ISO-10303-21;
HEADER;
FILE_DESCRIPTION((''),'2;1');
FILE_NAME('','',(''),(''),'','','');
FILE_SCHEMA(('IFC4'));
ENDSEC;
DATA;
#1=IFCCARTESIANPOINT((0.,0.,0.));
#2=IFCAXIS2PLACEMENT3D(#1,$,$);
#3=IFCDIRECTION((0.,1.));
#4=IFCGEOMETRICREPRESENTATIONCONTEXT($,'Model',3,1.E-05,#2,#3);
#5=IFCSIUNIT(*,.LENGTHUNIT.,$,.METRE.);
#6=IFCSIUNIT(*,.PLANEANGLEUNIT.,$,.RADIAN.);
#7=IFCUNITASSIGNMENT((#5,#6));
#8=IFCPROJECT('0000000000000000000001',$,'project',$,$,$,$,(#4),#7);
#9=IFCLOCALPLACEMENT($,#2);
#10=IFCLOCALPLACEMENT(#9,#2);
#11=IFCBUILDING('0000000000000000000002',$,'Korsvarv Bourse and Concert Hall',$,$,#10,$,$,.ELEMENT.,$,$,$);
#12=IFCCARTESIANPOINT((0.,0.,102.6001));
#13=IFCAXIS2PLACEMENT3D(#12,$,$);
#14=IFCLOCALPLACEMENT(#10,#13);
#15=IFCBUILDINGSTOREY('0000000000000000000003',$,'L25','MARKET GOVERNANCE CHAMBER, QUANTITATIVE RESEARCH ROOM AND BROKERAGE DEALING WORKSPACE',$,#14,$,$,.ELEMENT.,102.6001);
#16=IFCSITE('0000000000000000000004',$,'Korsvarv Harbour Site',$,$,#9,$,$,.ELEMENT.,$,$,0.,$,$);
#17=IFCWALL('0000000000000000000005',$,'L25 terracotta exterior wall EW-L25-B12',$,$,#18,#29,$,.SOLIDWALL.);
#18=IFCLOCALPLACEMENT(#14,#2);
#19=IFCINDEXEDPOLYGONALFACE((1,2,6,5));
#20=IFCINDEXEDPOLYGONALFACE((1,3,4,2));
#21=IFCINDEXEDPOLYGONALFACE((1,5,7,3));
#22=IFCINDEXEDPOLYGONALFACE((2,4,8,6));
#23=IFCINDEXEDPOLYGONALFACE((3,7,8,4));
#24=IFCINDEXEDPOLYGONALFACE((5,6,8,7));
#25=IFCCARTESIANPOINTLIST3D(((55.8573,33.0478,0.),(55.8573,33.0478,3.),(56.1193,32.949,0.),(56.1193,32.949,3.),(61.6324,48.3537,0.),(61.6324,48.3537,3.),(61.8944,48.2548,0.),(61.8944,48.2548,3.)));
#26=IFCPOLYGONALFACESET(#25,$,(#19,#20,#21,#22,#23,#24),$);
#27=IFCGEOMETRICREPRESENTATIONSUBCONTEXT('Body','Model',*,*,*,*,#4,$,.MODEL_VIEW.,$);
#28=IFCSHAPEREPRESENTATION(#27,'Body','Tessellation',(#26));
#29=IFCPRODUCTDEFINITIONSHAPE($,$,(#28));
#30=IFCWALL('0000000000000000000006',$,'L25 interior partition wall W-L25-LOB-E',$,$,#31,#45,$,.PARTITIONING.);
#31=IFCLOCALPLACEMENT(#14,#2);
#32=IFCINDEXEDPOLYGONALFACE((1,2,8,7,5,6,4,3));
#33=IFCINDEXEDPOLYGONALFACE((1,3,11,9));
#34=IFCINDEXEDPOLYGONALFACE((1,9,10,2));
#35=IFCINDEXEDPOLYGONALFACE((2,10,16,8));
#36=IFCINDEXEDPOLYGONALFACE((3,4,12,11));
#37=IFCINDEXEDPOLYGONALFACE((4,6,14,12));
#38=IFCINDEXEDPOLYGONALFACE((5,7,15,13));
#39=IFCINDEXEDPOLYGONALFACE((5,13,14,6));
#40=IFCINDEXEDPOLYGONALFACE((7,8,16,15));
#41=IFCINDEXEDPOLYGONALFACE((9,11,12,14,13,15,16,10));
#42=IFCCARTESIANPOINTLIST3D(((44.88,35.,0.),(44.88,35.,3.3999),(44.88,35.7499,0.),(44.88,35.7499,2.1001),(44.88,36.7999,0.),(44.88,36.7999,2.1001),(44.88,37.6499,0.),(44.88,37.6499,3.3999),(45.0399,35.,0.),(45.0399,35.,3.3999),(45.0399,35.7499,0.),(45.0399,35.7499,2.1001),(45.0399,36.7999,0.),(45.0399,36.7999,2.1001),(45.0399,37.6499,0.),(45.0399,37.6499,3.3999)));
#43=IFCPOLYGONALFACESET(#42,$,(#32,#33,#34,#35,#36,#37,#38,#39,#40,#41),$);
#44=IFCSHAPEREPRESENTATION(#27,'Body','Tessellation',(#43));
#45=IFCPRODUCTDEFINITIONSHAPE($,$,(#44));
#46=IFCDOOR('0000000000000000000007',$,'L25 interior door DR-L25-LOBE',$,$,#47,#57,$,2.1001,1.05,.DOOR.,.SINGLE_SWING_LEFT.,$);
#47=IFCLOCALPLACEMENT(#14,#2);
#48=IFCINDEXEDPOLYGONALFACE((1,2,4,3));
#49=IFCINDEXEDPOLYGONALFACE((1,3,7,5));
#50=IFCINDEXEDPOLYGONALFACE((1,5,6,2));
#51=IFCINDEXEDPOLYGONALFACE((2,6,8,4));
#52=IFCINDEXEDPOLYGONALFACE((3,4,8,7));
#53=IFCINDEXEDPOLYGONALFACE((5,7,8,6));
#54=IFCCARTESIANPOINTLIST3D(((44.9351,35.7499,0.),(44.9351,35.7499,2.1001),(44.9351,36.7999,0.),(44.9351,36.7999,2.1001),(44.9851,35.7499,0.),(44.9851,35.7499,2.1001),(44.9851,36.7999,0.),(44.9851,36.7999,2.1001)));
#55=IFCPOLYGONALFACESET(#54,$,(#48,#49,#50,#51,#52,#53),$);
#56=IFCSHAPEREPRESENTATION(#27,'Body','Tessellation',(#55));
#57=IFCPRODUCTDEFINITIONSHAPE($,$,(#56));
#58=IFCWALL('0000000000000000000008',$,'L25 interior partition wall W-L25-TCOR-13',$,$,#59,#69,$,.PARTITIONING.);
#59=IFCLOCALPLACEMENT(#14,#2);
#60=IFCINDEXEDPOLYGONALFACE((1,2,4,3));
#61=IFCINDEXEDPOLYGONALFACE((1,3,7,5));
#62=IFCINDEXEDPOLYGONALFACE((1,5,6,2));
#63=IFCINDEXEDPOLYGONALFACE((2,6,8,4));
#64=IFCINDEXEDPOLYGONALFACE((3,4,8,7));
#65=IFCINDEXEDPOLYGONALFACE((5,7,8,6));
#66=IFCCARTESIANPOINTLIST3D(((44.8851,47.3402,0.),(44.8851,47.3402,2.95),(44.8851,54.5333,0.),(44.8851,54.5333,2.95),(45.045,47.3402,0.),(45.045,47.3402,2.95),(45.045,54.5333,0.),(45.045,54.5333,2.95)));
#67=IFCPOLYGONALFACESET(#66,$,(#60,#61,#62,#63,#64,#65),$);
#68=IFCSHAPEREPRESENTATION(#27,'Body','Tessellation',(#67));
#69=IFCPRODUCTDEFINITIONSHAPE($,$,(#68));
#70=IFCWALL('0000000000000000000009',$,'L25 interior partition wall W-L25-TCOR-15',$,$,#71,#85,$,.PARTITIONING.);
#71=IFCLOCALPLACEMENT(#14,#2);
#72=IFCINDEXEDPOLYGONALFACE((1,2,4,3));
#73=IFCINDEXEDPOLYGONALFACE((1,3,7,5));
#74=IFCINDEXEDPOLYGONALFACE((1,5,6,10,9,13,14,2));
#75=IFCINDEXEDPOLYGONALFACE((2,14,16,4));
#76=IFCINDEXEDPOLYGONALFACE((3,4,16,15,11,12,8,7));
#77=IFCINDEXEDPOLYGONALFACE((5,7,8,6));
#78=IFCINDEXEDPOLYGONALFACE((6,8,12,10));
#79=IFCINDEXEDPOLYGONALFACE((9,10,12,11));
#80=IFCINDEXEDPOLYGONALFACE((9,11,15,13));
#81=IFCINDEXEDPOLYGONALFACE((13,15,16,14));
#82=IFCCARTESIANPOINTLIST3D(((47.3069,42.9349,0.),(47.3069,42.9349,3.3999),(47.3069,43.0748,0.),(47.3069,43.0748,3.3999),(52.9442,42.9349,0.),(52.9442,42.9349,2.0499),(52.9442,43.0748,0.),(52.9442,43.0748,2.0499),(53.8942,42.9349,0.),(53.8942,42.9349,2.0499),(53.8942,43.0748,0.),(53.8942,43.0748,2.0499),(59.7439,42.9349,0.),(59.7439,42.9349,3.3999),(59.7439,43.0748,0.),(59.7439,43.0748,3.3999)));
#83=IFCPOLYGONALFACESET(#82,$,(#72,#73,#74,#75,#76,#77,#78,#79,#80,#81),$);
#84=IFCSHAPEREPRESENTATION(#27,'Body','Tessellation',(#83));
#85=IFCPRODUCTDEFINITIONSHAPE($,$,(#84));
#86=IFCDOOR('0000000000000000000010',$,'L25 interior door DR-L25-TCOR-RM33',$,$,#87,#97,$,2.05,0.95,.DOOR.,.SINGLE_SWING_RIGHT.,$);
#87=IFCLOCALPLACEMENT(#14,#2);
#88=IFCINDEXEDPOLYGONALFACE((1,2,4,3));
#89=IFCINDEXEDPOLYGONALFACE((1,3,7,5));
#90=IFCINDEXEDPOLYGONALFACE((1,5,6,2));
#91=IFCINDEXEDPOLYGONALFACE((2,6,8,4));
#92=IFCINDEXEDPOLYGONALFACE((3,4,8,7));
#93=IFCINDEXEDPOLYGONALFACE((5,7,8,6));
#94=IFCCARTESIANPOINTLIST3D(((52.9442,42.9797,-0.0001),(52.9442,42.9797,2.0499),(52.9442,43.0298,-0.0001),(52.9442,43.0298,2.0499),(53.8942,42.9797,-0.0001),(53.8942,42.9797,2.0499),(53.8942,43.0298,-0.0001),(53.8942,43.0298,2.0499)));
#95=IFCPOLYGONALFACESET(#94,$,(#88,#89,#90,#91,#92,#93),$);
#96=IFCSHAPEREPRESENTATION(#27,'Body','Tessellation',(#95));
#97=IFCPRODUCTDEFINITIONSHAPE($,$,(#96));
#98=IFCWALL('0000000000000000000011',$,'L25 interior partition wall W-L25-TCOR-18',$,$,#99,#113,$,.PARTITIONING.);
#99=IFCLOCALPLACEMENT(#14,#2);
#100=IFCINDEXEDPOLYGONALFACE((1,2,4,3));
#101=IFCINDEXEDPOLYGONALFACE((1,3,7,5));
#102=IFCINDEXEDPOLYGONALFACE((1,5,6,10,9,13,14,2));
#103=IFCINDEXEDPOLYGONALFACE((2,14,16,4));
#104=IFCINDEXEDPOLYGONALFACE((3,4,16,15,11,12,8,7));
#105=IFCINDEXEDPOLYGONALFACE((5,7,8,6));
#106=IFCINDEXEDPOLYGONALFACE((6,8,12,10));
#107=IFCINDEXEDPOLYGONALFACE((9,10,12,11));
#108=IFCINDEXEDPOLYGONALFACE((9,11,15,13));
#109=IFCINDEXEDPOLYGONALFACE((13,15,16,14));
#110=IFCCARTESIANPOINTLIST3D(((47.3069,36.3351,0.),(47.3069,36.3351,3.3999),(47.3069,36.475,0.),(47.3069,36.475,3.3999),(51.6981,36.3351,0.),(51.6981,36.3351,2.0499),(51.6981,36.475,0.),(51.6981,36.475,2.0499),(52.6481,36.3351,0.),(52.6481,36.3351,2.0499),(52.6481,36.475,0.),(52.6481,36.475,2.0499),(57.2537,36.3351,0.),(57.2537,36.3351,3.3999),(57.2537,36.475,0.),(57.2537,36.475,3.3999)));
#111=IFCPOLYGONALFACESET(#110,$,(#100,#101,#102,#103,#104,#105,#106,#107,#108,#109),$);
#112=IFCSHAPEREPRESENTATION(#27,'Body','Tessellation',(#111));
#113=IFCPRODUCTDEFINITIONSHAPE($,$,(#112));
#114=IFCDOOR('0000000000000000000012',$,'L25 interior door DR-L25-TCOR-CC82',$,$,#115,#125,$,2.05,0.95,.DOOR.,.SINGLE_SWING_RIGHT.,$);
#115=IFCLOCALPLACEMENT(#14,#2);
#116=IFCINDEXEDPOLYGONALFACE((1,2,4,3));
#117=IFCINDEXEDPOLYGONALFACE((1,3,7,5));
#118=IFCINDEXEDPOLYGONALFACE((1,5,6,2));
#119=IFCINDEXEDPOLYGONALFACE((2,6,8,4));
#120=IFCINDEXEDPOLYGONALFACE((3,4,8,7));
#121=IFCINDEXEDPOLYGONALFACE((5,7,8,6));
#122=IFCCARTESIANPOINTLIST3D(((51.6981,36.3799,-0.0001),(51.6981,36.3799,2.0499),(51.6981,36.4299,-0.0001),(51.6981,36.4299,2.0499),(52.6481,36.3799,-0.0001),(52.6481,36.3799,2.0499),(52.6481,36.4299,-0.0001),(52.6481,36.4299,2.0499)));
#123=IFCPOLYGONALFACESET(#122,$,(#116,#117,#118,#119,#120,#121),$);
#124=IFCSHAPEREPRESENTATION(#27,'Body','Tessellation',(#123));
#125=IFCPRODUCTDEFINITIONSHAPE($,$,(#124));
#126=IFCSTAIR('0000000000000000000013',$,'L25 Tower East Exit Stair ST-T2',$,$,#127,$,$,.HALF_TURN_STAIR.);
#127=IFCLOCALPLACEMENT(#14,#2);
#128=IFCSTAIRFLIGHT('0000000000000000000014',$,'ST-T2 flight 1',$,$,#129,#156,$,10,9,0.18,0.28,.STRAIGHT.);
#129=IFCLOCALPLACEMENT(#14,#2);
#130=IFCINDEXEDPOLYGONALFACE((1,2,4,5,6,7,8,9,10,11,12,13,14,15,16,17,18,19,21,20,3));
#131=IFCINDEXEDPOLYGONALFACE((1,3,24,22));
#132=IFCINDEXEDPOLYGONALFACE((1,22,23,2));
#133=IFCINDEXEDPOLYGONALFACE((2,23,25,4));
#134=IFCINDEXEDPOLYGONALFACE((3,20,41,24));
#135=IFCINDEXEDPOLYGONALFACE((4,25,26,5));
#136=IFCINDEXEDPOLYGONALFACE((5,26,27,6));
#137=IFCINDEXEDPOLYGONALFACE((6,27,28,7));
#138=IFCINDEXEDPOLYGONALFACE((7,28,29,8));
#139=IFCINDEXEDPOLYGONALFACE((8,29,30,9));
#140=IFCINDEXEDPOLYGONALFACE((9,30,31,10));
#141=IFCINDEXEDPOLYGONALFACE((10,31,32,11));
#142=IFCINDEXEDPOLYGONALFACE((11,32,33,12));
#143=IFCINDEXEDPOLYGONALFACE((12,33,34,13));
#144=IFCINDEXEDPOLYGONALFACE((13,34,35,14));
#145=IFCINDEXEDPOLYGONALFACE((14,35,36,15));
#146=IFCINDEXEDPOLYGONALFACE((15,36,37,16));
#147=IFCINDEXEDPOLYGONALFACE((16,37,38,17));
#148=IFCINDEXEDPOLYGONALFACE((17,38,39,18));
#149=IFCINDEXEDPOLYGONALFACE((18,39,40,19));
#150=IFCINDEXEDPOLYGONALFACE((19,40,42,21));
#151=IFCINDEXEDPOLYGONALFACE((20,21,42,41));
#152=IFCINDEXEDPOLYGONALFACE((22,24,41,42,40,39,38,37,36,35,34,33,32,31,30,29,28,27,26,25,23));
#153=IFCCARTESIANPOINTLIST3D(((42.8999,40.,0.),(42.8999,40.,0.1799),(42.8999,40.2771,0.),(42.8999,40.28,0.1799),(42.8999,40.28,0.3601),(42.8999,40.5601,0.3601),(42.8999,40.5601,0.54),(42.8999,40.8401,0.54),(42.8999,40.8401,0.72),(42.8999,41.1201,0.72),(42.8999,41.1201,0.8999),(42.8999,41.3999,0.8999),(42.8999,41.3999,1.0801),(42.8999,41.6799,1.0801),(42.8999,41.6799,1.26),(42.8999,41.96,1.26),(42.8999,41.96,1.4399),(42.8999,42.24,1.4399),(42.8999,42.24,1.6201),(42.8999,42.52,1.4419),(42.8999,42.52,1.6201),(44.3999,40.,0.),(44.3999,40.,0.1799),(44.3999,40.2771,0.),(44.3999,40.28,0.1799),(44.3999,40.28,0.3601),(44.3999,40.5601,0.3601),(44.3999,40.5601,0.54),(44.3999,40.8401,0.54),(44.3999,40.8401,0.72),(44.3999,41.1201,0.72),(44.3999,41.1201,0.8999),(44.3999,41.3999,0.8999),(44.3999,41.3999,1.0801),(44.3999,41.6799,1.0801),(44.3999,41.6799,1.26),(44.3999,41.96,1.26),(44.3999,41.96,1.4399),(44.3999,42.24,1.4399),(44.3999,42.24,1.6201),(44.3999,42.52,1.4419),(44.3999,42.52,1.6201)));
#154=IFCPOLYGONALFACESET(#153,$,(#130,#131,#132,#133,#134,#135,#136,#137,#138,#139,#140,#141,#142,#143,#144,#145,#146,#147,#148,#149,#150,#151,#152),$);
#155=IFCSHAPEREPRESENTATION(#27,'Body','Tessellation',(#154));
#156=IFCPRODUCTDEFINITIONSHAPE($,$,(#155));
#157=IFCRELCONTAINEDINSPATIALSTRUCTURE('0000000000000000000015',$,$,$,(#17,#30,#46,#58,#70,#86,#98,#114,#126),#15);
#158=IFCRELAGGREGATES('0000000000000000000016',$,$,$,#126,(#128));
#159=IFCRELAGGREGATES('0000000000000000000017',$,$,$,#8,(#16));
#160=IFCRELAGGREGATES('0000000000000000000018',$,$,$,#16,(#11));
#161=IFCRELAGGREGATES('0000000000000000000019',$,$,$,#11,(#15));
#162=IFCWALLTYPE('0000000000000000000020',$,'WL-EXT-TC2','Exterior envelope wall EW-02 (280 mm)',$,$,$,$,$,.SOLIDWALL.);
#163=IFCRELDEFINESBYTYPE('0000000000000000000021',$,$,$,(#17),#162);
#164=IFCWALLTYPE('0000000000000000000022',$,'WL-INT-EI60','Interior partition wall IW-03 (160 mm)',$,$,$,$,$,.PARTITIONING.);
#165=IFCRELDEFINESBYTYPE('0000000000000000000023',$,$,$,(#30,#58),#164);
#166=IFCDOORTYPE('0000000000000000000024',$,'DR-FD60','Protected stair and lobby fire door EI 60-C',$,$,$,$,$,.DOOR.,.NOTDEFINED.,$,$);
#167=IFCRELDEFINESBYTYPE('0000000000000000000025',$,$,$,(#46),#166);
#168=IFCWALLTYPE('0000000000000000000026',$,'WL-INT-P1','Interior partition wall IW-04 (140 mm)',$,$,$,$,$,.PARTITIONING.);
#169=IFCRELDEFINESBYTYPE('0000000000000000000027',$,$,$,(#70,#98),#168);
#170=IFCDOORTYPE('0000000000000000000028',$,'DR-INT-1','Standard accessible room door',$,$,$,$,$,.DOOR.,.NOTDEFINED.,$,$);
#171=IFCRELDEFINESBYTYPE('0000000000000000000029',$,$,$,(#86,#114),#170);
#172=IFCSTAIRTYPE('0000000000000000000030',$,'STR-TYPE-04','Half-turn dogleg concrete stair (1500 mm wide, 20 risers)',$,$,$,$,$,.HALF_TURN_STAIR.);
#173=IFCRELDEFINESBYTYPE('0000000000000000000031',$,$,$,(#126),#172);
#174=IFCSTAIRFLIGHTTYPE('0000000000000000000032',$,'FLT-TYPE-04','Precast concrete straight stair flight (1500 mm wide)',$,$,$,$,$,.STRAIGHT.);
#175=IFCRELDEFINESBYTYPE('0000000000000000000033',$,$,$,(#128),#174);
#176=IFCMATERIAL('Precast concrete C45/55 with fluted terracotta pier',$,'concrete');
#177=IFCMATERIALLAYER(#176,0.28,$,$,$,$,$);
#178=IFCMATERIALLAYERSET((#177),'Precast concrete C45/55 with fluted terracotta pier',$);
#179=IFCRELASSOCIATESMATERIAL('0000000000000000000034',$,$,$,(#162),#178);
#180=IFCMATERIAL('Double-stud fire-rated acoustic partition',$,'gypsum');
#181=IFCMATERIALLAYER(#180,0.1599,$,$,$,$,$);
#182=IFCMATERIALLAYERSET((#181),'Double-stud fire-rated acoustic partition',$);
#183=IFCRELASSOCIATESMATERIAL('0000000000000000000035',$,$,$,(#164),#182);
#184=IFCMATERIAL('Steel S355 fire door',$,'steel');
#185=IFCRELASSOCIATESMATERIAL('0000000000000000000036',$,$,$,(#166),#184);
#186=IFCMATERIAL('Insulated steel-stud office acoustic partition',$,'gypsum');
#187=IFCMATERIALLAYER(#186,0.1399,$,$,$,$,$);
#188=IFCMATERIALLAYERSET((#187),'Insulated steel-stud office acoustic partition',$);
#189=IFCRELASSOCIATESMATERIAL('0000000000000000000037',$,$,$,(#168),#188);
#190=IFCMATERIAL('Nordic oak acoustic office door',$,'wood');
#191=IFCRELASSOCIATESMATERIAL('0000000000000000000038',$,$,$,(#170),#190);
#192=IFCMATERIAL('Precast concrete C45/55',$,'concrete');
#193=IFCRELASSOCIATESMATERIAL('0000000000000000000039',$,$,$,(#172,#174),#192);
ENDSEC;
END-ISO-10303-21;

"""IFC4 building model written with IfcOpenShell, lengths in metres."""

from ifc_helpers import new_model, si_unit, direction, frame, frame_2d, origin, place, context, subcontext, project, spatial, polyline, rectangle, outline, extrude, material, layer, layer_set, type_object, element, fill, aggregate, save


model = new_model("IFC4")

# Units and contexts
model_context = context("Model", 3, precision=1e-05, world=origin(), true_north=direction((0.0, 1.0)))
body_context = subcontext(model_context, "Body", "Model", "MODEL_VIEW")
ifc_project = project(units=[si_unit("LENGTHUNIT", "METRE"), si_unit("PLANEANGLEUNIT", "RADIAN")], contexts=[model_context])

# Site, building, storey
site_placement = place(None, origin())
site = spatial("IfcSite", under=ifc_project, at=site_placement, Name="Korsvarv Harbour Site", CompositionType="ELEMENT", RefElevation=0.0)
building_placement = place(site_placement, origin())
building = spatial("IfcBuilding", under=site, at=building_placement, Name="Korsvarv Bourse and Concert Hall", CompositionType="ELEMENT")
storey_placement = place(building_placement, frame((0.0, 0.0, 102.6001)))
storey = spatial("IfcBuildingStorey", under=building, at=storey_placement, Name="L25", Description="MARKET GOVERNANCE CHAMBER, QUANTITATIVE RESEARCH ROOM AND BROKERAGE DEALING WORKSPACE", CompositionType="ELEMENT", Elevation=102.6001)

# Wall
ifc_material_1 = material(Name="Precast concrete C45/55 with fluted terracotta pier", Category="concrete")
ifc_layer_1 = layer(ifc_material_1, 0.28)
ifc_layer_set_1 = layer_set([ifc_layer_1], Name="Precast concrete C45/55 with fluted terracotta pier")
wall_type_1 = type_object("IfcWallType", Name="WL-EXT-TC2", Description="Exterior envelope wall EW-02 (280 mm)", PredefinedType="SOLIDWALL", material=ifc_layer_set_1)
wall_1_placement = place(storey_placement, frame((55.9883, 32.9983, 0.0), z_axis=(0.0, 0.0, 1.0), x_axis=(0.353022, 0.935615, 0.0)))
element("IfcWall", 1, at=wall_1_placement, inside=storey, type_object=wall_type_1, Name="L25 terracotta exterior wall EW-L25-B12", PredefinedType="SOLIDWALL", context=body_context, shape_type="SweptSolid", body=[
    extrude(rectangle(XDim=16.3591, YDim=0.28, at=frame_2d((8.1797, 0.0))), origin(), (0.0, 0.0, 1.0), 3.0),
])

# Wall, opening, door
ifc_material_2 = material(Name="Double-stud fire-rated acoustic partition", Category="gypsum")
ifc_layer_2 = layer(ifc_material_2, 0.1599)
ifc_layer_set_2 = layer_set([ifc_layer_2], Name="Double-stud fire-rated acoustic partition")
wall_type_2 = type_object("IfcWallType", Name="WL-INT-EI60", Description="Interior partition wall IW-03 (160 mm)", PredefinedType="PARTITIONING", material=ifc_layer_set_2)
wall_2_placement = place(storey_placement, frame((44.96, 35.0, 0.0), z_axis=(0.0, 0.0, 1.0), x_axis=(0.0, 1.0, 0.0)))
wall_2 = element("IfcWall", 2, at=wall_2_placement, inside=storey, type_object=wall_type_2, Name="L25 interior partition wall W-L25-LOB-E", PredefinedType="PARTITIONING", context=body_context, shape_type="SweptSolid", body=[
    extrude(rectangle(XDim=2.6499, YDim=0.1599, at=frame_2d((1.325, 0.0))), origin(), (0.0, 0.0, 1.0), 3.3999),
])
opening_1_placement = place(wall_2_placement, frame((0.75, 0.0, 0.0)))
opening_1 = element("IfcOpeningElement", 3, at=opening_1_placement, cuts=wall_2, PredefinedType="OPENING", context=body_context, shape_type="SweptSolid", body=[
    extrude(rectangle(XDim=1.05, YDim=2.1001, at=frame_2d((0.5249, 1.05))), frame((0.0, 0.0898, 0.0), z_axis=(0.0, -1.0, 0.0), x_axis=(1.0, 0.0, 0.0)), (0.0, 0.0, 1.0), 0.1799),
])
ifc_material_3 = material(Name="Steel S355 fire door", Category="steel")
door_type_1 = type_object("IfcDoorType", Name="DR-FD60", Description="Protected stair and lobby fire door EI 60-C", OperationType="NOTDEFINED", PredefinedType="DOOR", material=ifc_material_3)
door_1_placement = place(opening_1_placement, origin())
door_1 = element("IfcDoor", 4, at=door_1_placement, inside=storey, type_object=door_type_1, Name="L25 interior door DR-L25-LOBE", OperationType="SINGLE_SWING_LEFT", OverallHeight=2.1001, OverallWidth=1.05, PredefinedType="DOOR", context=body_context, shape_type="SweptSolid", body=[
    extrude(rectangle(XDim=1.05, YDim=2.1001, at=frame_2d((0.5249, 1.05))), frame((0.0, 0.0249, 0.0), z_axis=(0.0, -1.0, 0.0), x_axis=(1.0, 0.0, 0.0)), (0.0, 0.0, 1.0), 0.05),
])
fill(opening_1, door_1)

# Wall
wall_3_placement = place(storey_placement, frame((44.9651, 47.3401, 0.0), z_axis=(0.0, 0.0, 1.0), x_axis=(0.0, 1.0, 0.0)))
element("IfcWall", 5, at=wall_3_placement, inside=storey, type_object=wall_type_2, Name="L25 interior partition wall W-L25-TCOR-13", PredefinedType="PARTITIONING", context=body_context, shape_type="SweptSolid", body=[
    extrude(rectangle(XDim=7.1931, YDim=0.1599, at=frame_2d((3.5967, 0.0))), origin(), (0.0, 0.0, 1.0), 2.95),
])

# Walls, openings, doors
ifc_material_4 = material(Name="Insulated steel-stud office acoustic partition", Category="gypsum")
ifc_layer_3 = layer(ifc_material_4, 0.1399)
ifc_layer_set_3 = layer_set([ifc_layer_3], Name="Insulated steel-stud office acoustic partition")
wall_type_3 = type_object("IfcWallType", Name="WL-INT-P1", Description="Interior partition wall IW-04 (140 mm)", PredefinedType="PARTITIONING", material=ifc_layer_set_3)
wall_4_placement = place(storey_placement, frame((47.3069, 43.0049, 0.0), z_axis=(0.0, 0.0, 1.0), x_axis=(1.0, 0.0, 0.0)))
wall_4 = element("IfcWall", 6, at=wall_4_placement, inside=storey, type_object=wall_type_3, Name="L25 interior partition wall W-L25-TCOR-15", PredefinedType="PARTITIONING", context=body_context, shape_type="SweptSolid", body=[
    extrude(rectangle(XDim=12.437, YDim=0.1399, at=frame_2d((6.2185, 0.0))), origin(), (0.0, 0.0, 1.0), 3.3999),
])
opening_2_placement = place(wall_4_placement, frame((5.6372, 0.0, 0.0)))
opening_2 = element("IfcOpeningElement", 7, at=opening_2_placement, cuts=wall_4, PredefinedType="OPENING", context=body_context, shape_type="SweptSolid", body=[
    extrude(rectangle(XDim=0.95, YDim=2.05, at=frame_2d((0.4751, 1.0249))), frame((0.0, 0.0801, 0.0), z_axis=(0.0, -1.0, 0.0), x_axis=(1.0, 0.0, 0.0)), (0.0, 0.0, 1.0), 0.1599),
])
ifc_material_5 = material(Name="Nordic oak acoustic office door", Category="wood")
door_type_2 = type_object("IfcDoorType", Name="DR-INT-1", Description="Standard accessible room door", OperationType="NOTDEFINED", PredefinedType="DOOR", material=ifc_material_5)
door_2_placement = place(opening_2_placement, origin())
door_2 = element("IfcDoor", 8, at=door_2_placement, inside=storey, type_object=door_type_2, Name="L25 interior door DR-L25-TCOR-RM33", OperationType="SINGLE_SWING_RIGHT", OverallHeight=2.05, OverallWidth=0.95, PredefinedType="DOOR", context=body_context, shape_type="SweptSolid", body=[
    extrude(rectangle(XDim=0.95, YDim=2.05, at=frame_2d((0.4751, 1.0249))), frame((0.0, 0.0249, 0.0), z_axis=(0.0, -1.0, 0.0), x_axis=(1.0, 0.0, 0.0)), (0.0, 0.0, 1.0), 0.05),
])
fill(opening_2, door_2)
wall_5_placement = place(storey_placement, frame((47.3069, 36.405, 0.0), z_axis=(0.0, 0.0, 1.0), x_axis=(1.0, 0.0, 0.0)))
wall_5 = element("IfcWall", 9, at=wall_5_placement, inside=storey, type_object=wall_type_3, Name="L25 interior partition wall W-L25-TCOR-18", PredefinedType="PARTITIONING", context=body_context, shape_type="SweptSolid", body=[
    extrude(rectangle(XDim=9.9468, YDim=0.1399, at=frame_2d((4.9734, 0.0))), origin(), (0.0, 0.0, 1.0), 3.3999),
])
opening_3_placement = place(wall_5_placement, frame((4.3911, 0.0, 0.0)))
opening_3 = element("IfcOpeningElement", 10, at=opening_3_placement, cuts=wall_5, PredefinedType="OPENING", context=body_context, shape_type="SweptSolid", body=[
    extrude(rectangle(XDim=0.95, YDim=2.05, at=frame_2d((0.4751, 1.0249))), frame((0.0, 0.0801, 0.0), z_axis=(0.0, -1.0, 0.0), x_axis=(1.0, 0.0, 0.0)), (0.0, 0.0, 1.0), 0.1599),
])
door_3_placement = place(opening_3_placement, origin())
door_3 = element("IfcDoor", 11, at=door_3_placement, inside=storey, type_object=door_type_2, Name="L25 interior door DR-L25-TCOR-CC82", OperationType="SINGLE_SWING_RIGHT", OverallHeight=2.05, OverallWidth=0.95, PredefinedType="DOOR", context=body_context, shape_type="SweptSolid", body=[
    extrude(rectangle(XDim=0.95, YDim=2.05, at=frame_2d((0.4751, 1.0249))), frame((0.0, 0.0249, 0.0), z_axis=(0.0, -1.0, 0.0), x_axis=(1.0, 0.0, 0.0)), (0.0, 0.0, 1.0), 0.05),
])
fill(opening_3, door_3)

# Stair, stair flight
ifc_material_6 = material(Name="Precast concrete C45/55", Category="concrete")
stair_type = type_object("IfcStairType", Name="STR-TYPE-04", Description="Half-turn dogleg concrete stair (1500 mm wide, 20 risers)", PredefinedType="HALF_TURN_STAIR", material=ifc_material_6)
stair_placement = place(storey_placement, origin())
stair = element("IfcStair", 12, at=stair_placement, inside=storey, type_object=stair_type, Name="L25 Tower East Exit Stair ST-T2", PredefinedType="HALF_TURN_STAIR")
stair_flight_type = type_object("IfcStairFlightType", Name="FLT-TYPE-04", Description="Precast concrete straight stair flight (1500 mm wide)", PredefinedType="STRAIGHT", material=ifc_material_6)
stair_flight_placement = place(storey_placement, frame((43.6499, 40.0, 0.0), z_axis=(0.0, 0.0, 1.0), x_axis=(0.0, 1.0, 0.0)))
stair_flight = element("IfcStairFlight", 13, at=stair_flight_placement, type_object=stair_flight_type, Name="ST-T2 flight 1", NumberOfRisers=10, NumberOfTreads=9, PredefinedType="STRAIGHT", RiserHeight=0.18, TreadLength=0.28, context=body_context, shape_type="SweptSolid", body=[
    extrude(outline(polyline([(0.0, 0.0), (0.0, 0.1799), (0.28, 0.1799), (0.28, 0.3601), (0.5601, 0.3601), (0.5601, 0.54), (0.8401, 0.54), (0.8401, 0.72), (1.1201, 0.72), (1.1201, 0.8999), (1.3999, 0.8999), (1.3999, 1.0801), (1.6799, 1.0801), (1.6799, 1.26), (1.96, 1.26), (1.96, 1.4399), (2.24, 1.4399), (2.24, 1.6201), (2.52, 1.6201), (2.52, 1.8), (2.52, 1.4419), (0.2771, 0.0), (0.0, 0.0)])), frame((0.0, 0.75, 0.0), z_axis=(0.0, -1.0, 0.0), x_axis=(1.0, 0.0, 0.0)), (0.0, 0.0, 1.0), 1.5),
])
aggregate(stair, [stair_flight])

save(model, "model.ifc")
